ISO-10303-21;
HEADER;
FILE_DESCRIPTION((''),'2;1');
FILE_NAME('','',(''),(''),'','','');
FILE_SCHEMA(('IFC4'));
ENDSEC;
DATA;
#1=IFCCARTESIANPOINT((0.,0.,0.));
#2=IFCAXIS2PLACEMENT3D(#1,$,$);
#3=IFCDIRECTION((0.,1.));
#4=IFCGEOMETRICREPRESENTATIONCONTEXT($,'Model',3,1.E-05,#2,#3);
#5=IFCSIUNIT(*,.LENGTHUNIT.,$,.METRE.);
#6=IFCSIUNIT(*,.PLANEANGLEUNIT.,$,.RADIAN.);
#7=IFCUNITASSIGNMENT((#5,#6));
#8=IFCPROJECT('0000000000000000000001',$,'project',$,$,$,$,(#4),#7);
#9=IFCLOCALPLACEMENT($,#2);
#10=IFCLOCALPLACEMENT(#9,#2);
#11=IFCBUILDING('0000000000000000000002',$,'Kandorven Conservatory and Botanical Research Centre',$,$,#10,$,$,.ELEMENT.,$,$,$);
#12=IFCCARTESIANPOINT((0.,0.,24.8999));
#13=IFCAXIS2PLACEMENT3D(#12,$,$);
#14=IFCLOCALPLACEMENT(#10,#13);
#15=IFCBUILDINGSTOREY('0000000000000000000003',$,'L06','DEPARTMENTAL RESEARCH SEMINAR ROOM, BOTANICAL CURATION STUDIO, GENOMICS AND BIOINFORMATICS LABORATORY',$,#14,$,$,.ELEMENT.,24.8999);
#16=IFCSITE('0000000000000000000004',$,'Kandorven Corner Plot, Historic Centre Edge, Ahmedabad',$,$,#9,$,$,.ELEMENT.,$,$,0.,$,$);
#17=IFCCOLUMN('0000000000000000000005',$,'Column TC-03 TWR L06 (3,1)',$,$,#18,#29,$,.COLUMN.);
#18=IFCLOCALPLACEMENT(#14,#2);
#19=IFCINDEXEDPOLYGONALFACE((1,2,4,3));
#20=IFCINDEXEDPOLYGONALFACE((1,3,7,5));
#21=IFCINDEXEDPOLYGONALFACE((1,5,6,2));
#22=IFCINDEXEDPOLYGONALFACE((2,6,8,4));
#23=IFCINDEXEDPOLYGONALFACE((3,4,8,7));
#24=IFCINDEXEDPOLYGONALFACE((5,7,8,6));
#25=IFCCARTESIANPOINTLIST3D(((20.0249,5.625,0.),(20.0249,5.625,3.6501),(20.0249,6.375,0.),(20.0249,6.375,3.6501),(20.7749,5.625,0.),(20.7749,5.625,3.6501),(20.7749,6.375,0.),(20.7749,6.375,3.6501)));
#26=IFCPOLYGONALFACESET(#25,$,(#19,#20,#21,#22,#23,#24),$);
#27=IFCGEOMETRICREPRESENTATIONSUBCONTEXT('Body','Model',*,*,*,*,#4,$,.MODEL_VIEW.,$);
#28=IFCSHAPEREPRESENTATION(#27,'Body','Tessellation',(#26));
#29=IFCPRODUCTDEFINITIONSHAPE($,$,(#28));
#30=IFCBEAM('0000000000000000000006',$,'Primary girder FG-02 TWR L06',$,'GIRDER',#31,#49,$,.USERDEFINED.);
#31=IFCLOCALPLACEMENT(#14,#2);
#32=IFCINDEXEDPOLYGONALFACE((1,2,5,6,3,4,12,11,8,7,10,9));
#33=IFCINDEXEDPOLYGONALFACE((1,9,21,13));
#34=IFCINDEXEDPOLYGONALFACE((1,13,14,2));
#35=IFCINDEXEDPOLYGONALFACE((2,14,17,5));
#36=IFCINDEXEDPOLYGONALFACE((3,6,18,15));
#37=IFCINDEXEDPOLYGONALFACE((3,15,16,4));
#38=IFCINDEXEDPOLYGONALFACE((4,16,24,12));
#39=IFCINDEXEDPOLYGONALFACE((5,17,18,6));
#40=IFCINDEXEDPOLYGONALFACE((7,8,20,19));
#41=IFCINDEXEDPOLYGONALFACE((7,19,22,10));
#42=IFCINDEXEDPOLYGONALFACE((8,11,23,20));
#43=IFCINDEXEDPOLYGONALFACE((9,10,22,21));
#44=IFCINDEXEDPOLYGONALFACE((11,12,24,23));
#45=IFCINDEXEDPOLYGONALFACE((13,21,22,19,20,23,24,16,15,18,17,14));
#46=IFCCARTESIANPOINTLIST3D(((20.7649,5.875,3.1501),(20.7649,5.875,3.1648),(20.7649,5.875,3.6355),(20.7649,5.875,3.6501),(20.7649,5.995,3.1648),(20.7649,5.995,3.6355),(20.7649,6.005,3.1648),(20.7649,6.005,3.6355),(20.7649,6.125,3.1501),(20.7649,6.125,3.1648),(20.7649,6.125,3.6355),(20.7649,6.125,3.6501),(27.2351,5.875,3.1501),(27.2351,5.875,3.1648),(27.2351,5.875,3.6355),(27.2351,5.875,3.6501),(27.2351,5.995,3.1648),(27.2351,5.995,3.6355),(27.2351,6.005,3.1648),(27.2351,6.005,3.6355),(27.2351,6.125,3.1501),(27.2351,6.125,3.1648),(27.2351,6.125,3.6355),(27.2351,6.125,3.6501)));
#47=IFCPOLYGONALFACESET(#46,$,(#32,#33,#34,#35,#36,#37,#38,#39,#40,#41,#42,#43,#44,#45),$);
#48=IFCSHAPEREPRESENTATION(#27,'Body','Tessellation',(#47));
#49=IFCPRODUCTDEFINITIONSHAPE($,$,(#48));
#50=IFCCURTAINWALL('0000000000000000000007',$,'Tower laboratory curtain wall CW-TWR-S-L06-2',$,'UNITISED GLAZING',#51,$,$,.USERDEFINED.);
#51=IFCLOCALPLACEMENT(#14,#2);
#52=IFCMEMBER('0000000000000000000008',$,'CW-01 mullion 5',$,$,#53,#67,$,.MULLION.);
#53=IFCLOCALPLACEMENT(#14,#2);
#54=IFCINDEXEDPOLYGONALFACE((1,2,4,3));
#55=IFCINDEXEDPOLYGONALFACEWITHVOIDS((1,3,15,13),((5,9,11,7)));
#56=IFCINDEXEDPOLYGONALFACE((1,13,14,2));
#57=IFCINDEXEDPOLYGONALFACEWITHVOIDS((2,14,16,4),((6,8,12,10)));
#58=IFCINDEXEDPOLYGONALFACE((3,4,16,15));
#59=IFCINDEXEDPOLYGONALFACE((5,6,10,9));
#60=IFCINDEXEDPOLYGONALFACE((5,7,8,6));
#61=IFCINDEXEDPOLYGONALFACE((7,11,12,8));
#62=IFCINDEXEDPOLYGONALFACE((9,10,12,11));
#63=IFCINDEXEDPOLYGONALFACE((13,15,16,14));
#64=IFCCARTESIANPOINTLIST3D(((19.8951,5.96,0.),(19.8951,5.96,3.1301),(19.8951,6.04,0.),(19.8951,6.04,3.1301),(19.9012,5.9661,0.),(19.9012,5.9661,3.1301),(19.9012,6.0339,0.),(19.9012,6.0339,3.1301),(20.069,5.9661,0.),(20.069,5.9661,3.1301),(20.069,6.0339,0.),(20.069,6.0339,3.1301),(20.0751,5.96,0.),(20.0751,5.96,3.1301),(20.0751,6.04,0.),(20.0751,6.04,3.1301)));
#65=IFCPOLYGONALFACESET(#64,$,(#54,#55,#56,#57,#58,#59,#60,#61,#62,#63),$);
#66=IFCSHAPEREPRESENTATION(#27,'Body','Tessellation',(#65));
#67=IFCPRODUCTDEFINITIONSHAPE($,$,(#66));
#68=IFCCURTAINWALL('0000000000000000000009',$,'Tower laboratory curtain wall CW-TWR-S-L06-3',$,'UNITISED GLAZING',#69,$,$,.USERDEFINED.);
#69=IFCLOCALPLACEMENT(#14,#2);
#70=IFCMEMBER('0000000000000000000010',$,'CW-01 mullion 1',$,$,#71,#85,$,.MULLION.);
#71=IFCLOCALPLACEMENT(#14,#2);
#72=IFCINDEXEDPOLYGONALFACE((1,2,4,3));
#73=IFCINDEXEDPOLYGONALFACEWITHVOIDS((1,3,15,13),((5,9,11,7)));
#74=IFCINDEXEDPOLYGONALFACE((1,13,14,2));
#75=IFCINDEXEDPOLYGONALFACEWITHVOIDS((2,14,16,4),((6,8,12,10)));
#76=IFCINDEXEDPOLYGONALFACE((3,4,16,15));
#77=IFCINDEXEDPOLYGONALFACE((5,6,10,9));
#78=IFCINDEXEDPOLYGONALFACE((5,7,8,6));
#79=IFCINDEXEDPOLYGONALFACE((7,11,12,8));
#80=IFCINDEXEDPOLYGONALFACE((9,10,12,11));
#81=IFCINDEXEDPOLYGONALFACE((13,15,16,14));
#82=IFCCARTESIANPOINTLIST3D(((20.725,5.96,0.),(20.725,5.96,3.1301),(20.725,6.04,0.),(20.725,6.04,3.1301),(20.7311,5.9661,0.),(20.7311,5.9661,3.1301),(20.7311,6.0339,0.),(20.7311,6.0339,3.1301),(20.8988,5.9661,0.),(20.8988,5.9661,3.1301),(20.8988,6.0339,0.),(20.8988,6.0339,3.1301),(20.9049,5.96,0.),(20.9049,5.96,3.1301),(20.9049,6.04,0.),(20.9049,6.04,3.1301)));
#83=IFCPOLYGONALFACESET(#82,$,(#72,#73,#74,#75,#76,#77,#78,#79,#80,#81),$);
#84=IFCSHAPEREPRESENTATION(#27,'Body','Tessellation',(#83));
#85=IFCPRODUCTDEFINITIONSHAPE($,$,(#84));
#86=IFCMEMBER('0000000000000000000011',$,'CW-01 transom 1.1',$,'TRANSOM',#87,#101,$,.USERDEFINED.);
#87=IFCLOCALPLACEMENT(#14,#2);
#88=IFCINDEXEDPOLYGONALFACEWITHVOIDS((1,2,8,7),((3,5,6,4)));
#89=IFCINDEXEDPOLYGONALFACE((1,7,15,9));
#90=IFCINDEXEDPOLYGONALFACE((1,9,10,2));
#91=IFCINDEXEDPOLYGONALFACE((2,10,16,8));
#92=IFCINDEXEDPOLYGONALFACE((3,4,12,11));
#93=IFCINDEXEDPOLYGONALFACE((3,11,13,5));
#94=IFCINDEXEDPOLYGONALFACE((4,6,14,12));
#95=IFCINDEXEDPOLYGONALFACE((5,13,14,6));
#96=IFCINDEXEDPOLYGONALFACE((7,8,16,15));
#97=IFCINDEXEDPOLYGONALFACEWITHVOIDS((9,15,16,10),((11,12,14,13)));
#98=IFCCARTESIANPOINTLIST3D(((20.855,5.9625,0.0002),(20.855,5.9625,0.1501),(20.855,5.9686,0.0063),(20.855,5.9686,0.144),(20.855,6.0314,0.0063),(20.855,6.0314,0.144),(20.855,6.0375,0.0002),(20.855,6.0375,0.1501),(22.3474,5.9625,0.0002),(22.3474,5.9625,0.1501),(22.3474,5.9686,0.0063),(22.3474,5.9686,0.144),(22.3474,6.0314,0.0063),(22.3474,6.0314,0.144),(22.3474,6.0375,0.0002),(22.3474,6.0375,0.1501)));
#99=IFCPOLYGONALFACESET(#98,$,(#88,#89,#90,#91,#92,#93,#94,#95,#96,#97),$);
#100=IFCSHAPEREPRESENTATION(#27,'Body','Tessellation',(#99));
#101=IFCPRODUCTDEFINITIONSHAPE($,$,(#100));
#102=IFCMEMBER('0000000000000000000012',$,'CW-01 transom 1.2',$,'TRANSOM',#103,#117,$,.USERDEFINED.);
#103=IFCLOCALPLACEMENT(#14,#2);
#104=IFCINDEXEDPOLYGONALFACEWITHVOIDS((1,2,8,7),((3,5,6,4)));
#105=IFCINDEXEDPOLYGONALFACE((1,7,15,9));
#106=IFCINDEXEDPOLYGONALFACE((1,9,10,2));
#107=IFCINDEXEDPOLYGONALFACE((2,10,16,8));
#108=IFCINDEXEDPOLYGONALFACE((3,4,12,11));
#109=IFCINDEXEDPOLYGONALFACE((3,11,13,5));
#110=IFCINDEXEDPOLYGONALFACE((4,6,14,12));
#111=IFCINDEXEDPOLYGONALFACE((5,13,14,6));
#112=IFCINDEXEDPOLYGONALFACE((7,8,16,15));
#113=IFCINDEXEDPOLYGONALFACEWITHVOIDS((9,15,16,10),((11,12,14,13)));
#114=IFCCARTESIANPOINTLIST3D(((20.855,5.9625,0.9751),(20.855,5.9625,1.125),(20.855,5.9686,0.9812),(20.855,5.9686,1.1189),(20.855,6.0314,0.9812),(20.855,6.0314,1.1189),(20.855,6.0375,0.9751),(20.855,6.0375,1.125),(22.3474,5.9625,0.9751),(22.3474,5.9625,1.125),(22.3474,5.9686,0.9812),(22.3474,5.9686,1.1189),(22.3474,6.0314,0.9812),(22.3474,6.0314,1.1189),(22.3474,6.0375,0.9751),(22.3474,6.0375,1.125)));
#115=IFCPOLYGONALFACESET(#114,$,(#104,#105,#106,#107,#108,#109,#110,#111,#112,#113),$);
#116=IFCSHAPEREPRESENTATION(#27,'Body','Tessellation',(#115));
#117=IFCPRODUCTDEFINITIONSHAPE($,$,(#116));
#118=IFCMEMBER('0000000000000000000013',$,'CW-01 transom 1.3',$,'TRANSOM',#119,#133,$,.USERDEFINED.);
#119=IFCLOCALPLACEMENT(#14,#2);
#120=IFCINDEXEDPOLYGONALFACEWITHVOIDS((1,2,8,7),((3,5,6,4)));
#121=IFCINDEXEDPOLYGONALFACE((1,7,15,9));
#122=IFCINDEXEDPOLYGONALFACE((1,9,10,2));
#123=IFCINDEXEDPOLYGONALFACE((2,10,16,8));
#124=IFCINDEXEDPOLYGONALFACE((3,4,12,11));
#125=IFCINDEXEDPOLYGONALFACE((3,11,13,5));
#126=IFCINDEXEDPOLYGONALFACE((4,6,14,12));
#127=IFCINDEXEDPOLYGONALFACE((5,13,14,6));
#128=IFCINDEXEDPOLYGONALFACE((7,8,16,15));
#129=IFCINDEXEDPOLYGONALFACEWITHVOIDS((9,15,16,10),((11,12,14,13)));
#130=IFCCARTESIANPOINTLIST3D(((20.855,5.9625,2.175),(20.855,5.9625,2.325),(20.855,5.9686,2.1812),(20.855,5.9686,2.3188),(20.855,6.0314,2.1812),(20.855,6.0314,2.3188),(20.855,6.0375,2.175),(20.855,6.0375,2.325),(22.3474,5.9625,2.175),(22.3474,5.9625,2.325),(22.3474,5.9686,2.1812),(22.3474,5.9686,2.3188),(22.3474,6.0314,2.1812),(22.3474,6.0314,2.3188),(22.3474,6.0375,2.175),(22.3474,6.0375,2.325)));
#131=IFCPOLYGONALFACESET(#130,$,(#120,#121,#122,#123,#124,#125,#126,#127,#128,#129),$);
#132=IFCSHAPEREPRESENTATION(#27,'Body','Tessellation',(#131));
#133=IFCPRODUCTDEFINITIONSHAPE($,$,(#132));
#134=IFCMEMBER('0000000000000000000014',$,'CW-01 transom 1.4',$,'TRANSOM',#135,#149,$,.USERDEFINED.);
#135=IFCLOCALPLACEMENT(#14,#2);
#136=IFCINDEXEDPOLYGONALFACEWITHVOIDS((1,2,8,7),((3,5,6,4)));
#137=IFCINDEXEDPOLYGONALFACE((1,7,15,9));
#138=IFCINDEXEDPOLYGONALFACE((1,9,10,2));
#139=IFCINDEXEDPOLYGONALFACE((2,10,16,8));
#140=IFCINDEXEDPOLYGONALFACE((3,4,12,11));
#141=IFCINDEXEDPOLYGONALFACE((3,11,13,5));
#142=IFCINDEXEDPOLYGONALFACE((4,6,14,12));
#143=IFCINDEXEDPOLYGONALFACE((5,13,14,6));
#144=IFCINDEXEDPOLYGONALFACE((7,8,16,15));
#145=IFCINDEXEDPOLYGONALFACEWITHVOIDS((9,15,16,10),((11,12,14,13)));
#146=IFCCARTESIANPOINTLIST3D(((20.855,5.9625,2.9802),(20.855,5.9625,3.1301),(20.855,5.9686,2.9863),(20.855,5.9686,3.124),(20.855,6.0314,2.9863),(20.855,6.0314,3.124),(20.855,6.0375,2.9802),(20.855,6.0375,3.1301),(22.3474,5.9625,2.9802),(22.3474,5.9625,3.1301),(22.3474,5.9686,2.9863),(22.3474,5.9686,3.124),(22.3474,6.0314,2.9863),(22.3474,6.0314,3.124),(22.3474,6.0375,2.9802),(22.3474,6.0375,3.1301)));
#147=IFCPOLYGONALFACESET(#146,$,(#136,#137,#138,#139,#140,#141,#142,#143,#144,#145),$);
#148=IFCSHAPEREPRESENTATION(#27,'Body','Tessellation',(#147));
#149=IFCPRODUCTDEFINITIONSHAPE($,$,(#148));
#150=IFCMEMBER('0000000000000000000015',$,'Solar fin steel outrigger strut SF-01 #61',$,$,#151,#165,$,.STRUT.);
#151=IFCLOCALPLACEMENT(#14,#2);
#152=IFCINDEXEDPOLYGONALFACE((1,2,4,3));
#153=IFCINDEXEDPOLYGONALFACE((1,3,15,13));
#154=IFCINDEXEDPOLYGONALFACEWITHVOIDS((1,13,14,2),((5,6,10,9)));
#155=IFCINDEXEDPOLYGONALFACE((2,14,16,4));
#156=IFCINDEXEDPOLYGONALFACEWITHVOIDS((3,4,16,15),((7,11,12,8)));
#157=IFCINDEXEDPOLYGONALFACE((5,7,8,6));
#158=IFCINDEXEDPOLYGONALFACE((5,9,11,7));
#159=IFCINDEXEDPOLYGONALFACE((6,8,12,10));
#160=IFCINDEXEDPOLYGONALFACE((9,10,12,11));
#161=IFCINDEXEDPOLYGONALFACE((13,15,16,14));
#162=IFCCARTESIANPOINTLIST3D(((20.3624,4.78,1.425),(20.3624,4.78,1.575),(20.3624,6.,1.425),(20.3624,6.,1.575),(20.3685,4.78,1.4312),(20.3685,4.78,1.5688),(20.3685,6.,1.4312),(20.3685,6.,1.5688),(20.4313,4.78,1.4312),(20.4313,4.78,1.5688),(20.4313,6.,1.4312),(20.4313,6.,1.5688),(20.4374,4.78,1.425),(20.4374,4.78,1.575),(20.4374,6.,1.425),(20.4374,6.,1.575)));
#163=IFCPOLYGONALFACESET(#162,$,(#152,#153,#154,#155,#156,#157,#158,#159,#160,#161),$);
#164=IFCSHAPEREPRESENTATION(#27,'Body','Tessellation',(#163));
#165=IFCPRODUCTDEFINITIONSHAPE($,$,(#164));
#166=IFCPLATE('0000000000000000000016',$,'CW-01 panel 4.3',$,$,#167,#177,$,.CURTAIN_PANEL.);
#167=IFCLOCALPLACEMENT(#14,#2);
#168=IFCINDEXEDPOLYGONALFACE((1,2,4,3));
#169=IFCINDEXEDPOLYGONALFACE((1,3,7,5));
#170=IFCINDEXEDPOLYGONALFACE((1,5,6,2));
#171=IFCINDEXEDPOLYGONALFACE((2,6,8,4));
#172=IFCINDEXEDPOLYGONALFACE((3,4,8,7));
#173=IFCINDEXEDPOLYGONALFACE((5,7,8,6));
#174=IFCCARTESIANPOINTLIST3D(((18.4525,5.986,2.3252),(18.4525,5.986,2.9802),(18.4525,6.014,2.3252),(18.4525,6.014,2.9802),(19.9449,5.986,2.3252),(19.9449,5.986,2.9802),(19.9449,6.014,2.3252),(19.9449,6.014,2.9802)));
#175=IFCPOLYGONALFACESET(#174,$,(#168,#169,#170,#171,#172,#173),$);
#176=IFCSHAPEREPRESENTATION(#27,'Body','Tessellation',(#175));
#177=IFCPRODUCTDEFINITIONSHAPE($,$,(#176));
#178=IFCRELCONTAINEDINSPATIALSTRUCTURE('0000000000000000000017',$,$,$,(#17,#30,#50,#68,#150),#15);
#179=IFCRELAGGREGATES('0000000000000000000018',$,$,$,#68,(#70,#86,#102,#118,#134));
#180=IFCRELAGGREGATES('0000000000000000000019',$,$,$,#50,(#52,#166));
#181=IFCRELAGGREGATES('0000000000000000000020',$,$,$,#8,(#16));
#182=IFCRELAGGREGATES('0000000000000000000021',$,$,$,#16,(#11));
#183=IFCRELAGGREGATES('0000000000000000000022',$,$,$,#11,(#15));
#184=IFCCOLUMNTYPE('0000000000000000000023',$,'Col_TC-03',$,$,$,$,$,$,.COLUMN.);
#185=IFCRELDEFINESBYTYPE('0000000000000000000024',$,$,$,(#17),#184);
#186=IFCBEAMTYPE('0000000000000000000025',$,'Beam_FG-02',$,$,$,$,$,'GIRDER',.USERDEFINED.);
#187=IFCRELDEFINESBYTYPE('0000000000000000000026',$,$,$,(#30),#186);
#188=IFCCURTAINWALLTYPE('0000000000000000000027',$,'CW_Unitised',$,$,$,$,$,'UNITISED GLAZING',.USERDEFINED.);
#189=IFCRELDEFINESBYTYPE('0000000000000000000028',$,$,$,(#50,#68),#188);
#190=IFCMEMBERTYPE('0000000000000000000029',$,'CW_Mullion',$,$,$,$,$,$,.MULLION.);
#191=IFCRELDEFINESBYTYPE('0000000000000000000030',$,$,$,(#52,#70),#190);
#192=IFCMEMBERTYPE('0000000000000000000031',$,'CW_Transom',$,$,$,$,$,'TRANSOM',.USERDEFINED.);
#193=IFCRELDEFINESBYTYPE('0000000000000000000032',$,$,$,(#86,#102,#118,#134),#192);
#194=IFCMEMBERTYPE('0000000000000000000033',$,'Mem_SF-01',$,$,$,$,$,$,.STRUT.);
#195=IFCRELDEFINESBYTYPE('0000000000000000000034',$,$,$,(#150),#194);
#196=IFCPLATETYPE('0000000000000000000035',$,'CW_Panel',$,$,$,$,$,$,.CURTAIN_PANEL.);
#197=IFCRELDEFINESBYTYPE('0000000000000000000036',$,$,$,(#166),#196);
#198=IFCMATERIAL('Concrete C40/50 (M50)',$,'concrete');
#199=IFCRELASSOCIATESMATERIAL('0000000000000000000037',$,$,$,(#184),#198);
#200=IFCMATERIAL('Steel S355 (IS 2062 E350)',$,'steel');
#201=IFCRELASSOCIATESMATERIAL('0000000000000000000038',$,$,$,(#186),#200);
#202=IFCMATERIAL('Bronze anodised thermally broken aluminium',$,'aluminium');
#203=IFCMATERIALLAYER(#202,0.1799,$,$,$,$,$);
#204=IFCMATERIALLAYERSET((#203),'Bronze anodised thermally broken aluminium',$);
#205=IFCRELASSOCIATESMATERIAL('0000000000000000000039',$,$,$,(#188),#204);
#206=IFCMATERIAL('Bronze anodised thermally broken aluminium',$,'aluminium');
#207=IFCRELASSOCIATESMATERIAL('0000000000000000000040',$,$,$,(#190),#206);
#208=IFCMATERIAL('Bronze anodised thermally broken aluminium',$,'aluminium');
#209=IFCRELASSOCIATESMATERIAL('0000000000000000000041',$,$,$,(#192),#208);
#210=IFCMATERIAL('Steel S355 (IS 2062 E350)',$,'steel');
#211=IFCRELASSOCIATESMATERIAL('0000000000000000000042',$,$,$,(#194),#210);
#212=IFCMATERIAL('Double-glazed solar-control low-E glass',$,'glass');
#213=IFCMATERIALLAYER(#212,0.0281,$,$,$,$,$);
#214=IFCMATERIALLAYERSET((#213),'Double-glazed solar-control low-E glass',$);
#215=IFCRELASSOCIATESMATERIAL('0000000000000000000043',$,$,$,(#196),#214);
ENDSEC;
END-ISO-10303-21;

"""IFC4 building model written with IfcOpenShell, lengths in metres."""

from ifc_helpers import new_model, si_unit, direction, frame, origin, origin_2d, place, context, subcontext, project, spatial, rectangle, hollow_rectangle, i_section, extrude, material, layer, layer_set, material_profile, profile_set, type_object, element, aggregate, save


model = new_model("IFC4")

# Units and contexts
model_context = context("Model", 3, precision=1e-05, world=origin(), true_north=direction((0.0, 1.0)))
body_context = subcontext(model_context, "Body", "Model", "MODEL_VIEW")
ifc_project = project(units=[si_unit("LENGTHUNIT", "METRE"), si_unit("PLANEANGLEUNIT", "RADIAN")], contexts=[model_context])

# Site, building, storey
site_placement = place(None, origin())
site = spatial("IfcSite", under=ifc_project, at=site_placement, Name="Kandorven Corner Plot, Historic Centre Edge, Ahmedabad", CompositionType="ELEMENT", RefElevation=0.0)
building_placement = place(site_placement, origin())
building = spatial("IfcBuilding", under=site, at=building_placement, Name="Kandorven Conservatory and Botanical Research Centre", CompositionType="ELEMENT")
storey_placement = place(building_placement, frame((0.0, 0.0, 24.8999)))
storey = spatial("IfcBuildingStorey", under=building, at=storey_placement, Name="L06", Description="DEPARTMENTAL RESEARCH SEMINAR ROOM, BOTANICAL CURATION STUDIO, GENOMICS AND BIOINFORMATICS LABORATORY", CompositionType="ELEMENT", Elevation=24.8999)

# Column
ifc_material_1 = material(Name="Concrete C40/50 (M50)", Category="concrete")
ifc_material_profile_1 = material_profile(ifc_material_1, rectangle(XDim=0.75, YDim=0.75, at=origin_2d()))
ifc_profile_set_1 = profile_set([ifc_material_profile_1], Name="Concrete C40/50 (M50)")
column_type = type_object("IfcColumnType", Name="Col_TC-03", PredefinedType="COLUMN", material=ifc_profile_set_1)
column_placement = place(storey_placement, frame((20.3999, 6.0, 0.0), z_axis=(0.0, 0.0, 1.0), x_axis=(1.0, 0.0, 0.0)))
element("IfcColumn", 1, at=column_placement, inside=storey, type_object=column_type, Name="Column TC-03 TWR L06 (3,1)", PredefinedType="COLUMN", context=body_context, shape_type="SweptSolid", body=[
    extrude(rectangle(XDim=0.75, YDim=0.75, at=origin_2d()), origin(), (0.0, 0.0, 1.0), 3.6501),
])

# Beam
ifc_material_2 = material(Name="Steel S355 (IS 2062 E350)", Category="steel")
ifc_material_profile_2 = material_profile(ifc_material_2, i_section(OverallWidth=0.25, OverallDepth=0.5, WebThickness=0.01, FlangeThickness=0.0146, at=origin_2d()))
ifc_profile_set_2 = profile_set([ifc_material_profile_2], Name="Steel S355 (IS 2062 E350)")
beam_type = type_object("IfcBeamType", Name="Beam_FG-02", ElementType="GIRDER", PredefinedType="USERDEFINED", material=ifc_profile_set_2)
beam_placement = place(storey_placement, frame((20.7649, 6.0, 3.4001), z_axis=(1.0, 0.0, 0.0), x_axis=(0.0, 1.0, 0.0)))
element("IfcBeam", 2, at=beam_placement, inside=storey, type_object=beam_type, Name="Primary girder FG-02 TWR L06", ObjectType="GIRDER", PredefinedType="USERDEFINED", context=body_context, shape_type="SweptSolid", body=[
    extrude(i_section(OverallWidth=0.25, OverallDepth=0.5, WebThickness=0.01, FlangeThickness=0.0146, at=origin_2d()), origin(), (0.0, 0.0, 1.0), 6.4702),
])

# Curtain wall, member
ifc_material_3 = material(Name="Bronze anodised thermally broken aluminium", Category="aluminium")
ifc_layer_1 = layer(ifc_material_3, 0.1799)
ifc_layer_set_1 = layer_set([ifc_layer_1], Name="Bronze anodised thermally broken aluminium")
curtain_wall_type = type_object("IfcCurtainWallType", Name="CW_Unitised", ElementType="UNITISED GLAZING", PredefinedType="USERDEFINED", material=ifc_layer_set_1)
curtain_wall_1_placement = place(storey_placement, origin())
curtain_wall_1 = element("IfcCurtainWall", 3, at=curtain_wall_1_placement, inside=storey, type_object=curtain_wall_type, Name="Tower laboratory curtain wall CW-TWR-S-L06-2", ObjectType="UNITISED GLAZING", PredefinedType="USERDEFINED")
ifc_material_4 = material(Name="Bronze anodised thermally broken aluminium", Category="aluminium")
ifc_material_profile_3 = material_profile(ifc_material_4, hollow_rectangle(XDim=0.0801, YDim=0.1799, WallThickness=0.0061, at=origin_2d()))
ifc_profile_set_3 = profile_set([ifc_material_profile_3], Name="Bronze anodised thermally broken aluminium")
member_type_1 = type_object("IfcMemberType", Name="CW_Mullion", PredefinedType="MULLION", material=ifc_profile_set_3)
member_1_placement = place(storey_placement, frame((19.9851, 6.0, 0.0), z_axis=(0.0, 0.0, 1.0), x_axis=(0.0, 1.0, 0.0)))
member_1 = element("IfcMember", 4, at=member_1_placement, type_object=member_type_1, Name="CW-01 mullion 5", PredefinedType="MULLION", context=body_context, shape_type="SweptSolid", body=[
    extrude(hollow_rectangle(XDim=0.0801, YDim=0.1799, WallThickness=0.0061, at=origin_2d()), origin(), (0.0, 0.0, 1.0), 3.1301),
])

# Curtain wall, members
curtain_wall_2_placement = place(storey_placement, origin())
curtain_wall_2 = element("IfcCurtainWall", 5, at=curtain_wall_2_placement, inside=storey, type_object=curtain_wall_type, Name="Tower laboratory curtain wall CW-TWR-S-L06-3", ObjectType="UNITISED GLAZING", PredefinedType="USERDEFINED")
member_2_placement = place(storey_placement, frame((20.8149, 6.0, 0.0), z_axis=(0.0, 0.0, 1.0), x_axis=(0.0, 1.0, 0.0)))
member_2 = element("IfcMember", 6, at=member_2_placement, type_object=member_type_1, Name="CW-01 mullion 1", PredefinedType="MULLION", context=body_context, shape_type="SweptSolid", body=[
    extrude(hollow_rectangle(XDim=0.0801, YDim=0.1799, WallThickness=0.0061, at=origin_2d()), origin(), (0.0, 0.0, 1.0), 3.1301),
])
ifc_material_5 = material(Name="Bronze anodised thermally broken aluminium", Category="aluminium")
ifc_material_profile_4 = material_profile(ifc_material_5, hollow_rectangle(XDim=0.075, YDim=0.1499, WallThickness=0.0061, at=origin_2d()))
ifc_profile_set_4 = profile_set([ifc_material_profile_4], Name="Bronze anodised thermally broken aluminium")
member_type_2 = type_object("IfcMemberType", Name="CW_Transom", ElementType="TRANSOM", PredefinedType="USERDEFINED", material=ifc_profile_set_4)
member_3_placement = place(storey_placement, frame((20.855, 6.0, 0.0752), z_axis=(1.0, 0.0, 0.0), x_axis=(0.0, 1.0, 0.0)))
member_3 = element("IfcMember", 7, at=member_3_placement, type_object=member_type_2, Name="CW-01 transom 1.1", ObjectType="TRANSOM", PredefinedType="USERDEFINED", context=body_context, shape_type="SweptSolid", body=[
    extrude(hollow_rectangle(XDim=0.075, YDim=0.1499, WallThickness=0.0061, at=origin_2d()), origin(), (0.0, 0.0, 1.0), 1.4924),
])
member_4_placement = place(storey_placement, frame((20.855, 6.0, 1.05), z_axis=(1.0, 0.0, 0.0), x_axis=(0.0, 1.0, 0.0)))
member_4 = element("IfcMember", 8, at=member_4_placement, type_object=member_type_2, Name="CW-01 transom 1.2", ObjectType="TRANSOM", PredefinedType="USERDEFINED", context=body_context, shape_type="SweptSolid", body=[
    extrude(hollow_rectangle(XDim=0.075, YDim=0.1499, WallThickness=0.0061, at=origin_2d()), origin(), (0.0, 0.0, 1.0), 1.4924),
])
member_5_placement = place(storey_placement, frame((20.855, 6.0, 2.25), z_axis=(1.0, 0.0, 0.0), x_axis=(0.0, 1.0, 0.0)))
member_5 = element("IfcMember", 9, at=member_5_placement, type_object=member_type_2, Name="CW-01 transom 1.3", ObjectType="TRANSOM", PredefinedType="USERDEFINED", context=body_context, shape_type="SweptSolid", body=[
    extrude(hollow_rectangle(XDim=0.075, YDim=0.1499, WallThickness=0.0061, at=origin_2d()), origin(), (0.0, 0.0, 1.0), 1.4924),
])
member_6_placement = place(storey_placement, frame((20.855, 6.0, 3.0552), z_axis=(1.0, 0.0, 0.0), x_axis=(0.0, 1.0, 0.0)))
member_6 = element("IfcMember", 10, at=member_6_placement, type_object=member_type_2, Name="CW-01 transom 1.4", ObjectType="TRANSOM", PredefinedType="USERDEFINED", context=body_context, shape_type="SweptSolid", body=[
    extrude(hollow_rectangle(XDim=0.075, YDim=0.1499, WallThickness=0.0061, at=origin_2d()), origin(), (0.0, 0.0, 1.0), 1.4924),
])
aggregate(curtain_wall_2, [member_2, member_3, member_4, member_5, member_6])

# Member
ifc_material_6 = material(Name="Steel S355 (IS 2062 E350)", Category="steel")
ifc_material_profile_5 = material_profile(ifc_material_6, hollow_rectangle(XDim=0.075, YDim=0.1499, WallThickness=0.0061, at=origin_2d()))
ifc_profile_set_5 = profile_set([ifc_material_profile_5], Name="Steel S355 (IS 2062 E350)")
member_type_3 = type_object("IfcMemberType", Name="Mem_SF-01", PredefinedType="STRUT", material=ifc_profile_set_5)
member_7_placement = place(storey_placement, frame((20.3999, 6.0, 1.5), z_axis=(0.0, -1.0, 0.0), x_axis=(1.0, 0.0, 0.0)))
element("IfcMember", 11, at=member_7_placement, inside=storey, type_object=member_type_3, Name="Solar fin steel outrigger strut SF-01 #61", PredefinedType="STRUT", context=body_context, shape_type="SweptSolid", body=[
    extrude(hollow_rectangle(XDim=0.075, YDim=0.1499, WallThickness=0.0061, at=origin_2d()), origin(), (0.0, 0.0, 1.0), 1.22),
])

# Plate
ifc_material_7 = material(Name="Double-glazed solar-control low-E glass", Category="glass")
ifc_layer_2 = layer(ifc_material_7, 0.0281)
ifc_layer_set_2 = layer_set([ifc_layer_2], Name="Double-glazed solar-control low-E glass")
plate_type = type_object("IfcPlateType", Name="CW_Panel", PredefinedType="CURTAIN_PANEL", material=ifc_layer_set_2)
plate_placement = place(storey_placement, frame((19.1987, 6.0, 2.3252), z_axis=(0.0, 0.0, 1.0), x_axis=(1.0, 0.0, 0.0)))
plate = element("IfcPlate", 12, at=plate_placement, type_object=plate_type, Name="CW-01 panel 4.3", PredefinedType="CURTAIN_PANEL", context=body_context, shape_type="SweptSolid", body=[
    extrude(rectangle(XDim=1.4924, YDim=0.0281, at=origin_2d()), origin(), (0.0, 0.0, 1.0), 0.655),
])
aggregate(curtain_wall_1, [member_1, plate])

save(model, "model.ifc")
